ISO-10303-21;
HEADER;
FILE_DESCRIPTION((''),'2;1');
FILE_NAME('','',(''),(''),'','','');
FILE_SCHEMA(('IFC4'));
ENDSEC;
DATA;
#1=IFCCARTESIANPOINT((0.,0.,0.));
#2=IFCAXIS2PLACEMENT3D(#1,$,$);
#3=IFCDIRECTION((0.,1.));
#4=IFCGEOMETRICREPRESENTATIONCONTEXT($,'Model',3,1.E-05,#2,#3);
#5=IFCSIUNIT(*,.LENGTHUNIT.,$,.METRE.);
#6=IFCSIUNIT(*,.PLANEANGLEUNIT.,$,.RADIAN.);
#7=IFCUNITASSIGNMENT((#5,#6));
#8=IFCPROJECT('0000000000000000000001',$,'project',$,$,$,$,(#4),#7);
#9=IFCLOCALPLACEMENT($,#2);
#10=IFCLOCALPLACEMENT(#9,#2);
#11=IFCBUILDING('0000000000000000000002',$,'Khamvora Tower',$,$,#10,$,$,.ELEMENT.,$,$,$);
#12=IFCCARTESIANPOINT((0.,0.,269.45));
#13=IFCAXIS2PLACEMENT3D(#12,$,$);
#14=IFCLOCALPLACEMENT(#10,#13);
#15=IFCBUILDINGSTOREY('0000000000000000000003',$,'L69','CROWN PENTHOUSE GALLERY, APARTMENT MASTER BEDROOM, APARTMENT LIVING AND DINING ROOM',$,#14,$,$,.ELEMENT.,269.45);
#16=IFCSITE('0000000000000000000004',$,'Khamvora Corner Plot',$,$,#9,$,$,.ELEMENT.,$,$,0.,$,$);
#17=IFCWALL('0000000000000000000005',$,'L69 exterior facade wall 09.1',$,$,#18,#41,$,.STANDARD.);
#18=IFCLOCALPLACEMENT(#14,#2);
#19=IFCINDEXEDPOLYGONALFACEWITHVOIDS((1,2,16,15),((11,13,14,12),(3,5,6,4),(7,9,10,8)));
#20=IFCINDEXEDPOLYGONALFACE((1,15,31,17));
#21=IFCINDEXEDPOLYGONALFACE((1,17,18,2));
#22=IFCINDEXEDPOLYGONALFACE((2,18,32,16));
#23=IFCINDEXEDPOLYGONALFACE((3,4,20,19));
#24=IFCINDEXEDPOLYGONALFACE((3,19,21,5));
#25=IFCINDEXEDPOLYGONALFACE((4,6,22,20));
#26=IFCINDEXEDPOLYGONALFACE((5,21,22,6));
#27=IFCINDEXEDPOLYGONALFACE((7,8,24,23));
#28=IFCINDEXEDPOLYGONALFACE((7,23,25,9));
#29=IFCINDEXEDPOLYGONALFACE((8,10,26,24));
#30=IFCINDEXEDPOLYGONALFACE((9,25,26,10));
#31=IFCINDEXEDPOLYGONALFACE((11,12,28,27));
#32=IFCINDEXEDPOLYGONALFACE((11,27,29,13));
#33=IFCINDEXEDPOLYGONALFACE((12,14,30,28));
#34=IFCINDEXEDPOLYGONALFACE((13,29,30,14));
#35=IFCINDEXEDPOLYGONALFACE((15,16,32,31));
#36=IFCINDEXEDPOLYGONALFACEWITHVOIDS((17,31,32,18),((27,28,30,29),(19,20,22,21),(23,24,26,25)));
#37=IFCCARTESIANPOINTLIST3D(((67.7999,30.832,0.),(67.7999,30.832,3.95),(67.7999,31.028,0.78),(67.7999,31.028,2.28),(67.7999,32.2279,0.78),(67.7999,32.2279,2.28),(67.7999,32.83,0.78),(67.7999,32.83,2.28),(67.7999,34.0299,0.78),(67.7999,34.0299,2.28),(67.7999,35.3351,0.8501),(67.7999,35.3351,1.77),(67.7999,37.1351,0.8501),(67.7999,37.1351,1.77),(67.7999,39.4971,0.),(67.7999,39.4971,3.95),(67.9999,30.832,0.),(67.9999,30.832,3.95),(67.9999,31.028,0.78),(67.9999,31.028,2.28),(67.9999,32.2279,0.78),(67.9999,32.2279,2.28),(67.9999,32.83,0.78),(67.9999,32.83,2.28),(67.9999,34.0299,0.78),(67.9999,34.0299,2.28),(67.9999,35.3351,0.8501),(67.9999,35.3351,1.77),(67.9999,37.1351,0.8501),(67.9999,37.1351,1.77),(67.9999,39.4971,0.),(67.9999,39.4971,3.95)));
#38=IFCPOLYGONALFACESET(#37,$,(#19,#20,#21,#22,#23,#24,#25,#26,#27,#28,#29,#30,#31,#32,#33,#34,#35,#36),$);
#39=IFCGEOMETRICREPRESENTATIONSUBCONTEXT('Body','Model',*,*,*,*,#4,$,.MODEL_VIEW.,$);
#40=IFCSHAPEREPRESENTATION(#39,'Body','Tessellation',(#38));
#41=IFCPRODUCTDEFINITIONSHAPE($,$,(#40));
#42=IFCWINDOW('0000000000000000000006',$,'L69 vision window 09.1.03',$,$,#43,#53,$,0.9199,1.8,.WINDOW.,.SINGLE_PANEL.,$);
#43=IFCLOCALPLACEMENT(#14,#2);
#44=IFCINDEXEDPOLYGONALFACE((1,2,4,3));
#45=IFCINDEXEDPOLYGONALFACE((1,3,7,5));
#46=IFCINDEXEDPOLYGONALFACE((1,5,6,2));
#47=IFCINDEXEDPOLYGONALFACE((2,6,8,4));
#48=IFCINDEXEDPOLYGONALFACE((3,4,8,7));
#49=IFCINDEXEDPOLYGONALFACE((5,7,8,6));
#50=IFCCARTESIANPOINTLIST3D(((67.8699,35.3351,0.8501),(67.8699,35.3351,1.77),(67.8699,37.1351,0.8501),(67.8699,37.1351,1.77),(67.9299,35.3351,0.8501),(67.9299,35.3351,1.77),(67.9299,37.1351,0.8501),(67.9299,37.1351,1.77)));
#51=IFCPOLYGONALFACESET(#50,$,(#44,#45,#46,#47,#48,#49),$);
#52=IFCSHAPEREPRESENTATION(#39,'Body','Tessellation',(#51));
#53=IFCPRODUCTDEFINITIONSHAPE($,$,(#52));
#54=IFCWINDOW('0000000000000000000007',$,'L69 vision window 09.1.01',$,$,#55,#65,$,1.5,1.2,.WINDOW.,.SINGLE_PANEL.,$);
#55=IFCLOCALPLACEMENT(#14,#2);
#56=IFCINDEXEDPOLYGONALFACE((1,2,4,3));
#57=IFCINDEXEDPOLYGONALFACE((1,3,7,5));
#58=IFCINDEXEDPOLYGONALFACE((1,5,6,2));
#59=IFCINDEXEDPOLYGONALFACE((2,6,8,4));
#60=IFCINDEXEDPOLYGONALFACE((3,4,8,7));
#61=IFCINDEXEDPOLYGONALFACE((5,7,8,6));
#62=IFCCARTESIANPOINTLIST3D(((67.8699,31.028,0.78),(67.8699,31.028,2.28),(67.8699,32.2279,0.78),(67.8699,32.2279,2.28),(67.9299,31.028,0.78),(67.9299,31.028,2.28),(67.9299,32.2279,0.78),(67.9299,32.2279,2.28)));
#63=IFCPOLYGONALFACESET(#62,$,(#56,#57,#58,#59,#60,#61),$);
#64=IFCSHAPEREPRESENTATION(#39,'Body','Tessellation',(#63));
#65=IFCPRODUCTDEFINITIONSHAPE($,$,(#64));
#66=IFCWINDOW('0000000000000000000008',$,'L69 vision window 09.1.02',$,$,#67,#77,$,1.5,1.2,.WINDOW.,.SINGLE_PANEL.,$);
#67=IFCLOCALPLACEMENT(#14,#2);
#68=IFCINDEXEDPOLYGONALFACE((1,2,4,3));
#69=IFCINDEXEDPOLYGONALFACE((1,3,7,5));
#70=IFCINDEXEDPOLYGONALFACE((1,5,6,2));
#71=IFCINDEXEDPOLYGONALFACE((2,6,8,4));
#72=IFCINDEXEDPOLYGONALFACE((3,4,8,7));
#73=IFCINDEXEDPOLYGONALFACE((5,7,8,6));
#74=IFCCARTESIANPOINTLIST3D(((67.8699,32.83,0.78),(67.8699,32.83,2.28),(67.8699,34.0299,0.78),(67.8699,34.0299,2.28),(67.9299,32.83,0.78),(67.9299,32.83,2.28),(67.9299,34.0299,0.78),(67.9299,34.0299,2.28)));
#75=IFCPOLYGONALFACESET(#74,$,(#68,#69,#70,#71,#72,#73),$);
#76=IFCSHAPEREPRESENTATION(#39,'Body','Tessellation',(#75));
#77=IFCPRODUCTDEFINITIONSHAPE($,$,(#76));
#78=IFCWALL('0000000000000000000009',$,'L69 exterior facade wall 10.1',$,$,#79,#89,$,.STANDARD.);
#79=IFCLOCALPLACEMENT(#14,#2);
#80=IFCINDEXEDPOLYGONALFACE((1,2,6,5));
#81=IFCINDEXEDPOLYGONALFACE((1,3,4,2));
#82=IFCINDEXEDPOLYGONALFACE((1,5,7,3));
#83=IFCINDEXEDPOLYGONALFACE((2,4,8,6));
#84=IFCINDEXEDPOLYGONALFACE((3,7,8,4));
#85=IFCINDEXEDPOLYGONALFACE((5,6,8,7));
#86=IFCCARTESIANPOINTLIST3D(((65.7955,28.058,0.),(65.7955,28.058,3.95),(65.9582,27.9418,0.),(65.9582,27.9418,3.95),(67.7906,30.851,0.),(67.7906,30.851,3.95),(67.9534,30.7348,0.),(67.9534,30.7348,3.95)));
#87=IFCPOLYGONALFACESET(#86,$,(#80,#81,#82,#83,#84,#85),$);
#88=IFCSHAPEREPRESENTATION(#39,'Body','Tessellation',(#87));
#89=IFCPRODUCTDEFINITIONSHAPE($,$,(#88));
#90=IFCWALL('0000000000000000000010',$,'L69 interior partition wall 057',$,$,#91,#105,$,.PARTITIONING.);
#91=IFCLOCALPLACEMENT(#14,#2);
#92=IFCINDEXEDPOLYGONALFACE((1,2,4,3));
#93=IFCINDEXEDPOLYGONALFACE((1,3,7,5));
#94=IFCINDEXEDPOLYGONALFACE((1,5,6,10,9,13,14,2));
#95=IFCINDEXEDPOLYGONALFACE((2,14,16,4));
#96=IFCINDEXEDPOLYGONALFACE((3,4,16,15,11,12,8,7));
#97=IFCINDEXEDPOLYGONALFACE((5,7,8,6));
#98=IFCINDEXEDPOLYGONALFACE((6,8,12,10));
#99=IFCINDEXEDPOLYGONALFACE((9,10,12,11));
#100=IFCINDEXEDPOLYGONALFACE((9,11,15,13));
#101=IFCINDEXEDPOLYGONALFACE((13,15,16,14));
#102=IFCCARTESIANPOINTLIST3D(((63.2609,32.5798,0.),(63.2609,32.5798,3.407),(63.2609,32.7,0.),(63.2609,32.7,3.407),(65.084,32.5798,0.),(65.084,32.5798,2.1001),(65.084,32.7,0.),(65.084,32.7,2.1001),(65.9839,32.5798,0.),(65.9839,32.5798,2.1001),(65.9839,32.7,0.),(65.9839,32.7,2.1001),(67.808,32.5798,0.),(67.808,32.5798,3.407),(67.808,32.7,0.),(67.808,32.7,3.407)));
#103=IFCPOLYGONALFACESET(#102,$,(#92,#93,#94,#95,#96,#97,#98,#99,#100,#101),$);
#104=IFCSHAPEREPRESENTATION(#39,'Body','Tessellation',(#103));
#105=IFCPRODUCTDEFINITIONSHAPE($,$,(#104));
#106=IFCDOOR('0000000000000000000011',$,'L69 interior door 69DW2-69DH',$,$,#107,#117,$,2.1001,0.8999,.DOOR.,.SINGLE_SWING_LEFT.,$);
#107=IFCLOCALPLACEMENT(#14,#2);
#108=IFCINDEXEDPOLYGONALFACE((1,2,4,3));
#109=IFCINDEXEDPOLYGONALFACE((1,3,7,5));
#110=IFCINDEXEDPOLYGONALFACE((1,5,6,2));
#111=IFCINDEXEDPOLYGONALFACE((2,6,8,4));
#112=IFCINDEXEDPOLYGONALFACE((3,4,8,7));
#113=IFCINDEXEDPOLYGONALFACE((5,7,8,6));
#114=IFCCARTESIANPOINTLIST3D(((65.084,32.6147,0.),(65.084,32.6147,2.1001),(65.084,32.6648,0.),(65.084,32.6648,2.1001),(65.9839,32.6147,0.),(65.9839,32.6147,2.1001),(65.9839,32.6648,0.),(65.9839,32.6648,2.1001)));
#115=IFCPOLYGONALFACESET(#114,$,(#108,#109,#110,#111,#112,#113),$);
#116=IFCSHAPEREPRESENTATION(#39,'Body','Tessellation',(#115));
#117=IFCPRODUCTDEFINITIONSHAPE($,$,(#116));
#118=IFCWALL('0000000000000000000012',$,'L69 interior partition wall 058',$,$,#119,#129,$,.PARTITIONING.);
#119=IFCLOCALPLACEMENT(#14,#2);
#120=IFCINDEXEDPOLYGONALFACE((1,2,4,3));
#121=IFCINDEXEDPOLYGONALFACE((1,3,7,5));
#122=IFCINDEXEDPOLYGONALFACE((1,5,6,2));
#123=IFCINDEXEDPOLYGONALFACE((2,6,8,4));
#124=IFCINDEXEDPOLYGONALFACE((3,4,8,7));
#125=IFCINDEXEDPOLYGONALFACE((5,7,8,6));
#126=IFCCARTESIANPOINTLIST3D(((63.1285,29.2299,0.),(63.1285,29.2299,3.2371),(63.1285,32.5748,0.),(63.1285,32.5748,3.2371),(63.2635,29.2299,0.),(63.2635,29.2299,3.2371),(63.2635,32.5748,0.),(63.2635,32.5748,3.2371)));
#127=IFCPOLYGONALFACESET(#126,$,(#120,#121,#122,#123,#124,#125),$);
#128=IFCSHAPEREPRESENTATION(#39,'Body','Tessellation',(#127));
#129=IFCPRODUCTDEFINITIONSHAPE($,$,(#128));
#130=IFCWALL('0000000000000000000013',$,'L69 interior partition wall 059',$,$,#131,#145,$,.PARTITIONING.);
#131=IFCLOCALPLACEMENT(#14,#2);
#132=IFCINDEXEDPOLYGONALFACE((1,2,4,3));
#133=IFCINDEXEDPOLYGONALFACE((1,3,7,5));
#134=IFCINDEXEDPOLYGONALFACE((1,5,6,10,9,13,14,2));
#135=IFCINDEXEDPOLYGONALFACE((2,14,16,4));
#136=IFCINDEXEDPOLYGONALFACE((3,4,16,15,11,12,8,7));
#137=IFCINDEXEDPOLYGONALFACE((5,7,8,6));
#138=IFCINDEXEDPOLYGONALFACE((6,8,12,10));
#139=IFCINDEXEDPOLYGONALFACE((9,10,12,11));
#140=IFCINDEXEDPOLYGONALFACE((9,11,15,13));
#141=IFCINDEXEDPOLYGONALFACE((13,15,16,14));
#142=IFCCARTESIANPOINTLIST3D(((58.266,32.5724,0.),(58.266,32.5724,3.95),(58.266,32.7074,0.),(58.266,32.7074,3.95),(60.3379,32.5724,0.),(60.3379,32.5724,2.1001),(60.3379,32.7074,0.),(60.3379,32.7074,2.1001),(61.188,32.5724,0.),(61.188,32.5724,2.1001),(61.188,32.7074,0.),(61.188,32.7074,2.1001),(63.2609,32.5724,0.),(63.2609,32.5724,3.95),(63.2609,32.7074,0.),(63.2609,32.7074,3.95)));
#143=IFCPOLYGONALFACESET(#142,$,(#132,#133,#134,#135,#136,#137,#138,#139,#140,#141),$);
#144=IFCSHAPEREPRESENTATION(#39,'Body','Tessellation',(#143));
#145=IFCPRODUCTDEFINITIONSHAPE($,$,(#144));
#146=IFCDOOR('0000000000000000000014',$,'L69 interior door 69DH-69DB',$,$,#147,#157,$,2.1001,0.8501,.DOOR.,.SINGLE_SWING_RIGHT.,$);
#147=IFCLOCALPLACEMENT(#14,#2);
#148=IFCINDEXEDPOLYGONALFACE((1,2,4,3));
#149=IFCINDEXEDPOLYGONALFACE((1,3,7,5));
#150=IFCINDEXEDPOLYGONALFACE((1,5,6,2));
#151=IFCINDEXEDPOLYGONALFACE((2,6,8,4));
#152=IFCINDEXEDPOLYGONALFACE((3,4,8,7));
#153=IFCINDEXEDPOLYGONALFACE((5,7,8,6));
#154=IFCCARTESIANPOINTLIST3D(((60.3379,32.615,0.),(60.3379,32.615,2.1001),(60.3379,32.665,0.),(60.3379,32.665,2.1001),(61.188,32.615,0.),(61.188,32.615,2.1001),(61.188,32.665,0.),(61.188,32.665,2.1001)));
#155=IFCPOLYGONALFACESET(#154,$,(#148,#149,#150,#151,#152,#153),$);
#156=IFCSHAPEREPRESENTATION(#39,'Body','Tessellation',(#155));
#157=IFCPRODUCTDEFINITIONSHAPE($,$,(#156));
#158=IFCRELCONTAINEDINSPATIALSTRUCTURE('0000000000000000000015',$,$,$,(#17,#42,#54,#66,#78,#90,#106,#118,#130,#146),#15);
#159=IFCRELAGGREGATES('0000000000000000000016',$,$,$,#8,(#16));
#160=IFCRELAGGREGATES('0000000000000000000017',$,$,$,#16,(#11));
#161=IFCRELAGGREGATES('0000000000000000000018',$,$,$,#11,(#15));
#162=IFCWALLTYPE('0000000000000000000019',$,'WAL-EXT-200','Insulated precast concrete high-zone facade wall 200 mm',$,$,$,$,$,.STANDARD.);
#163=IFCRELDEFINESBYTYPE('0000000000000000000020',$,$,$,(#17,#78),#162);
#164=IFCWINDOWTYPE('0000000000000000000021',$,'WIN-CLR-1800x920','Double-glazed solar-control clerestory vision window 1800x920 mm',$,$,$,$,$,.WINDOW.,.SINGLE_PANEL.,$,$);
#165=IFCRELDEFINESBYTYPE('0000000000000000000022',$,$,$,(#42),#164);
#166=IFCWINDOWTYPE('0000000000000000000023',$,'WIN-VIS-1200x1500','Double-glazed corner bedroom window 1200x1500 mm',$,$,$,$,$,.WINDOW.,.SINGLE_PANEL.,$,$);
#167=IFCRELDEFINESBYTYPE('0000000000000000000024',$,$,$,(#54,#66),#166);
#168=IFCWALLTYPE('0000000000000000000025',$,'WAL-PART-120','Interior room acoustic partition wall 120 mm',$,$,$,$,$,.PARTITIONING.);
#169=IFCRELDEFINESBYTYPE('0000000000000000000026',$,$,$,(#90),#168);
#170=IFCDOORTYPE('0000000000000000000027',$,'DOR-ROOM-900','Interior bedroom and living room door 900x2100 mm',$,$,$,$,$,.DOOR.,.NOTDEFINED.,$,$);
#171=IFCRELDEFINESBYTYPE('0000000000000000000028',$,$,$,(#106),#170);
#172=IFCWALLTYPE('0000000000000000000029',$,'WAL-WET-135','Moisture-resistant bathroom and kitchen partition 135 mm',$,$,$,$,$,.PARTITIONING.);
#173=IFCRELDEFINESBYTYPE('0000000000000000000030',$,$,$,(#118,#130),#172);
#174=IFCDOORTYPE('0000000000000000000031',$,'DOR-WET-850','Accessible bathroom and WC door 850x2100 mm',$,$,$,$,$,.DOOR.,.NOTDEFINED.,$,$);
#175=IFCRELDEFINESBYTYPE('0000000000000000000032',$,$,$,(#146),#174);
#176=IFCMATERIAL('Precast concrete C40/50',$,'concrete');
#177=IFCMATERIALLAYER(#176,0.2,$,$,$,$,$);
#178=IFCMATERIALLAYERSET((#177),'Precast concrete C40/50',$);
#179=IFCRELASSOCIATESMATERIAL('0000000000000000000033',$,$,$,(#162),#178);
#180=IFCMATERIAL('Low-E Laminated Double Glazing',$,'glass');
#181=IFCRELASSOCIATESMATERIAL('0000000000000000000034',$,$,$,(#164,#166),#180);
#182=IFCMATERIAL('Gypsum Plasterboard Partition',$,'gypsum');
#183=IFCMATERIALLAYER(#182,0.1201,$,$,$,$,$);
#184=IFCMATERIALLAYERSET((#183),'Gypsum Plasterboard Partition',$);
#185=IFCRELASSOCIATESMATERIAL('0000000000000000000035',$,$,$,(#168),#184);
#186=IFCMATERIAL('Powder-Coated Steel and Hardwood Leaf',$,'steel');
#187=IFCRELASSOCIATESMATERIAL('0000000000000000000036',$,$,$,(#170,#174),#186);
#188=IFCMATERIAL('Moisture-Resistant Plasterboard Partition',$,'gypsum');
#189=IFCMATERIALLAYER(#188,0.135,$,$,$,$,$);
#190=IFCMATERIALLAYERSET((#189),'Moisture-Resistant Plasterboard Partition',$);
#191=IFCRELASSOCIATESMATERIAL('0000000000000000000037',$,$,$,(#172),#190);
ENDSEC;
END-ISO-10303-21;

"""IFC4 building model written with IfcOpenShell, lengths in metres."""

from ifc_helpers import new_model, si_unit, direction, frame, frame_2d, origin, place, context, subcontext, project, spatial, rectangle, extrude, material, layer, layer_set, type_object, element, fill, save


model = new_model("IFC4")

# Units and contexts
model_context = context("Model", 3, precision=1e-05, world=origin(), true_north=direction((0.0, 1.0)))
body_context = subcontext(model_context, "Body", "Model", "MODEL_VIEW")
ifc_project = project(units=[si_unit("LENGTHUNIT", "METRE"), si_unit("PLANEANGLEUNIT", "RADIAN")], contexts=[model_context])

# Site, building, storey
site_placement = place(None, origin())
site = spatial("IfcSite", under=ifc_project, at=site_placement, Name="Khamvora Corner Plot", CompositionType="ELEMENT", RefElevation=0.0)
building_placement = place(site_placement, origin())
building = spatial("IfcBuilding", under=site, at=building_placement, Name="Khamvora Tower", CompositionType="ELEMENT")
storey_placement = place(building_placement, frame((0.0, 0.0, 269.45)))
storey = spatial("IfcBuildingStorey", under=building, at=storey_placement, Name="L69", Description="CROWN PENTHOUSE GALLERY, APARTMENT MASTER BEDROOM, APARTMENT LIVING AND DINING ROOM", CompositionType="ELEMENT", Elevation=269.45)

# Shared definitions
ifc_material_1 = material(Name="Precast concrete C40/50", Category="concrete")
ifc_layer_1 = layer(ifc_material_1, 0.2)
ifc_layer_set_1 = layer_set([ifc_layer_1], Name="Precast concrete C40/50")
wall_type_1 = type_object("IfcWallType", Name="WAL-EXT-200", Description="Insulated precast concrete high-zone facade wall 200 mm", PredefinedType="STANDARD", material=ifc_layer_set_1)

# Wall, openings, windows
wall_1_placement = place(storey_placement, frame((67.8999, 39.4971, 0.0), z_axis=(0.0, 0.0, 1.0), x_axis=(0.0, -1.0, 0.0)))
wall_1 = element("IfcWall", 1, at=wall_1_placement, inside=storey, type_object=wall_type_1, Name="L69 exterior facade wall 09.1", PredefinedType="STANDARD", context=body_context, shape_type="SweptSolid", body=[
    extrude(rectangle(XDim=8.665, YDim=0.2, at=frame_2d((4.3325, 0.0))), origin(), (0.0, 0.0, 1.0), 3.95),
])
opening_1_placement = place(wall_1_placement, frame((7.269, 0.0, 0.78)))
opening_1 = element("IfcOpeningElement", 2, at=opening_1_placement, cuts=wall_1, PredefinedType="OPENING", context=body_context, shape_type="SweptSolid", body=[
    extrude(rectangle(XDim=1.2, YDim=1.5, at=frame_2d((0.6001, 0.75))), frame((0.0, 0.1099, 0.0), z_axis=(0.0, -1.0, 0.0), x_axis=(1.0, 0.0, 0.0)), (0.0, 0.0, 1.0), 0.22),
])
opening_2_placement = place(wall_1_placement, frame((5.467, 0.0, 0.78)))
opening_2 = element("IfcOpeningElement", 3, at=opening_2_placement, cuts=wall_1, PredefinedType="OPENING", context=body_context, shape_type="SweptSolid", body=[
    extrude(rectangle(XDim=1.2, YDim=1.5, at=frame_2d((0.6001, 0.75))), frame((0.0, 0.1099, 0.0), z_axis=(0.0, -1.0, 0.0), x_axis=(1.0, 0.0, 0.0)), (0.0, 0.0, 1.0), 0.22),
])
opening_3_placement = place(wall_1_placement, frame((2.3621, 0.0, 0.8501)))
opening_3 = element("IfcOpeningElement", 4, at=opening_3_placement, cuts=wall_1, PredefinedType="OPENING", context=body_context, shape_type="SweptSolid", body=[
    extrude(rectangle(XDim=1.8, YDim=0.9199, at=frame_2d((0.8999, 0.46))), frame((0.0, 0.1099, 0.0), z_axis=(0.0, -1.0, 0.0), x_axis=(1.0, 0.0, 0.0)), (0.0, 0.0, 1.0), 0.22),
])
ifc_material_2 = material(Name="Low-E Laminated Double Glazing", Category="glass")
window_type_1 = type_object("IfcWindowType", Name="WIN-CLR-1800x920", Description="Double-glazed solar-control clerestory vision window 1800x920 mm", PartitioningType="SINGLE_PANEL", PredefinedType="WINDOW", material=ifc_material_2)
window_1_placement = place(opening_3_placement, origin())
window_1 = element("IfcWindow", 5, at=window_1_placement, inside=storey, type_object=window_type_1, Name="L69 vision window 09.1.03", OverallHeight=0.9199, OverallWidth=1.8, PartitioningType="SINGLE_PANEL", PredefinedType="WINDOW", context=body_context, shape_type="SweptSolid", body=[
    extrude(rectangle(XDim=1.8, YDim=0.9199, at=frame_2d((0.8999, 0.46))), frame((0.0, 0.03, 0.0), z_axis=(0.0, -1.0, 0.0), x_axis=(1.0, 0.0, 0.0)), (0.0, 0.0, 1.0), 0.0601),
])
fill(opening_3, window_1)
window_type_2 = type_object("IfcWindowType", Name="WIN-VIS-1200x1500", Description="Double-glazed corner bedroom window 1200x1500 mm", PartitioningType="SINGLE_PANEL", PredefinedType="WINDOW", material=ifc_material_2)
window_2_placement = place(opening_1_placement, origin())
window_2 = element("IfcWindow", 6, at=window_2_placement, inside=storey, type_object=window_type_2, Name="L69 vision window 09.1.01", OverallHeight=1.5, OverallWidth=1.2, PartitioningType="SINGLE_PANEL", PredefinedType="WINDOW", context=body_context, shape_type="SweptSolid", body=[
    extrude(rectangle(XDim=1.2, YDim=1.5, at=frame_2d((0.6001, 0.75))), frame((0.0, 0.03, 0.0), z_axis=(0.0, -1.0, 0.0), x_axis=(1.0, 0.0, 0.0)), (0.0, 0.0, 1.0), 0.0601),
])
fill(opening_1, window_2)
window_3_placement = place(opening_2_placement, origin())
window_3 = element("IfcWindow", 7, at=window_3_placement, inside=storey, type_object=window_type_2, Name="L69 vision window 09.1.02", OverallHeight=1.5, OverallWidth=1.2, PartitioningType="SINGLE_PANEL", PredefinedType="WINDOW", context=body_context, shape_type="SweptSolid", body=[
    extrude(rectangle(XDim=1.2, YDim=1.5, at=frame_2d((0.6001, 0.75))), frame((0.0, 0.03, 0.0), z_axis=(0.0, -1.0, 0.0), x_axis=(1.0, 0.0, 0.0)), (0.0, 0.0, 1.0), 0.0601),
])
fill(opening_2, window_3)

# Wall
wall_2_placement = place(storey_placement, frame((67.8721, 30.793, 0.0), z_axis=(0.0, 0.0, 1.0), x_axis=(-0.581265, -0.813714, 0.0)))
element("IfcWall", 8, at=wall_2_placement, inside=storey, type_object=wall_type_1, Name="L69 exterior facade wall 10.1", PredefinedType="STANDARD", context=body_context, shape_type="SweptSolid", body=[
    extrude(rectangle(XDim=3.4324, YDim=0.2, at=frame_2d((1.7163, 0.0))), origin(), (0.0, 0.0, 1.0), 3.95),
])

# Wall, opening, door
ifc_material_3 = material(Name="Gypsum Plasterboard Partition", Category="gypsum")
ifc_layer_2 = layer(ifc_material_3, 0.1201)
ifc_layer_set_2 = layer_set([ifc_layer_2], Name="Gypsum Plasterboard Partition")
wall_type_2 = type_object("IfcWallType", Name="WAL-PART-120", Description="Interior room acoustic partition wall 120 mm", PredefinedType="PARTITIONING", material=ifc_layer_set_2)
wall_3_placement = place(storey_placement, frame((63.261, 32.6399, 0.0), z_axis=(0.0, 0.0, 1.0), x_axis=(1.0, 0.0, 0.0)))
wall_3 = element("IfcWall", 9, at=wall_3_placement, inside=storey, type_object=wall_type_2, Name="L69 interior partition wall 057", PredefinedType="PARTITIONING", context=body_context, shape_type="SweptSolid", body=[
    extrude(rectangle(XDim=4.5471, YDim=0.1201, at=frame_2d((2.2734, 0.0))), origin(), (0.0, 0.0, 1.0), 3.407),
])
opening_4_placement = place(wall_3_placement, frame((1.823, 0.0, 0.0)))
opening_4 = element("IfcOpeningElement", 10, at=opening_4_placement, cuts=wall_3, PredefinedType="OPENING", context=body_context, shape_type="SweptSolid", body=[
    extrude(rectangle(XDim=0.8999, YDim=2.1001, at=frame_2d((0.45, 1.05))), frame((0.0, 0.0701, 0.0), z_axis=(0.0, -1.0, 0.0), x_axis=(1.0, 0.0, 0.0)), (0.0, 0.0, 1.0), 0.1401),
])
ifc_material_4 = material(Name="Powder-Coated Steel and Hardwood Leaf", Category="steel")
door_type_1 = type_object("IfcDoorType", Name="DOR-ROOM-900", Description="Interior bedroom and living room door 900x2100 mm", OperationType="NOTDEFINED", PredefinedType="DOOR", material=ifc_material_4)
door_1_placement = place(opening_4_placement, origin())
door_1 = element("IfcDoor", 11, at=door_1_placement, inside=storey, type_object=door_type_1, Name="L69 interior door 69DW2-69DH", OperationType="SINGLE_SWING_LEFT", OverallHeight=2.1001, OverallWidth=0.8999, PredefinedType="DOOR", context=body_context, shape_type="SweptSolid", body=[
    extrude(rectangle(XDim=0.8999, YDim=2.1001, at=frame_2d((0.45, 1.05))), frame((0.0, 0.0249, 0.0), z_axis=(0.0, -1.0, 0.0), x_axis=(1.0, 0.0, 0.0)), (0.0, 0.0, 1.0), 0.05),
])
fill(opening_4, door_1)

# Wall
ifc_material_5 = material(Name="Moisture-Resistant Plasterboard Partition", Category="gypsum")
ifc_layer_3 = layer(ifc_material_5, 0.135)
ifc_layer_set_3 = layer_set([ifc_layer_3], Name="Moisture-Resistant Plasterboard Partition")
wall_type_3 = type_object("IfcWallType", Name="WAL-WET-135", Description="Moisture-resistant bathroom and kitchen partition 135 mm", PredefinedType="PARTITIONING", material=ifc_layer_set_3)
wall_4_placement = place(storey_placement, frame((63.196, 29.23, 0.0), z_axis=(0.0, 0.0, 1.0), x_axis=(0.0, 1.0, 0.0)))
element("IfcWall", 12, at=wall_4_placement, inside=storey, type_object=wall_type_3, Name="L69 interior partition wall 058", PredefinedType="PARTITIONING", context=body_context, shape_type="SweptSolid", body=[
    extrude(rectangle(XDim=3.345, YDim=0.135, at=frame_2d((1.6724, 0.0))), origin(), (0.0, 0.0, 1.0), 3.2371),
])

# Wall, opening, door
wall_5_placement = place(storey_placement, frame((63.261, 32.6399, 0.0), z_axis=(0.0, 0.0, 1.0), x_axis=(-1.0, 0.0, 0.0)))
wall_5 = element("IfcWall", 13, at=wall_5_placement, inside=storey, type_object=wall_type_3, Name="L69 interior partition wall 059", PredefinedType="PARTITIONING", context=body_context, shape_type="SweptSolid", body=[
    extrude(rectangle(XDim=4.9949, YDim=0.135, at=frame_2d((2.4976, 0.0))), origin(), (0.0, 0.0, 1.0), 3.95),
])
opening_5_placement = place(wall_5_placement, frame((2.073, 0.0, 0.0)))
opening_5 = element("IfcOpeningElement", 14, at=opening_5_placement, cuts=wall_5, PredefinedType="OPENING", context=body_context, shape_type="SweptSolid", body=[
    extrude(rectangle(XDim=0.8501, YDim=2.1001, at=frame_2d((0.425, 1.05))), frame((0.0, 0.0774, 0.0), z_axis=(0.0, -1.0, 0.0), x_axis=(1.0, 0.0, 0.0)), (0.0, 0.0, 1.0), 0.155),
])
door_type_2 = type_object("IfcDoorType", Name="DOR-WET-850", Description="Accessible bathroom and WC door 850x2100 mm", OperationType="NOTDEFINED", PredefinedType="DOOR", material=ifc_material_4)
door_2_placement = place(opening_5_placement, origin())
door_2 = element("IfcDoor", 15, at=door_2_placement, inside=storey, type_object=door_type_2, Name="L69 interior door 69DH-69DB", OperationType="SINGLE_SWING_RIGHT", OverallHeight=2.1001, OverallWidth=0.8501, PredefinedType="DOOR", context=body_context, shape_type="SweptSolid", body=[
    extrude(rectangle(XDim=0.8501, YDim=2.1001, at=frame_2d((0.425, 1.05))), frame((0.0, 0.0249, 0.0), z_axis=(0.0, -1.0, 0.0), x_axis=(1.0, 0.0, 0.0)), (0.0, 0.0, 1.0), 0.05),
])
fill(opening_5, door_2)

save(model, "model.ifc")
